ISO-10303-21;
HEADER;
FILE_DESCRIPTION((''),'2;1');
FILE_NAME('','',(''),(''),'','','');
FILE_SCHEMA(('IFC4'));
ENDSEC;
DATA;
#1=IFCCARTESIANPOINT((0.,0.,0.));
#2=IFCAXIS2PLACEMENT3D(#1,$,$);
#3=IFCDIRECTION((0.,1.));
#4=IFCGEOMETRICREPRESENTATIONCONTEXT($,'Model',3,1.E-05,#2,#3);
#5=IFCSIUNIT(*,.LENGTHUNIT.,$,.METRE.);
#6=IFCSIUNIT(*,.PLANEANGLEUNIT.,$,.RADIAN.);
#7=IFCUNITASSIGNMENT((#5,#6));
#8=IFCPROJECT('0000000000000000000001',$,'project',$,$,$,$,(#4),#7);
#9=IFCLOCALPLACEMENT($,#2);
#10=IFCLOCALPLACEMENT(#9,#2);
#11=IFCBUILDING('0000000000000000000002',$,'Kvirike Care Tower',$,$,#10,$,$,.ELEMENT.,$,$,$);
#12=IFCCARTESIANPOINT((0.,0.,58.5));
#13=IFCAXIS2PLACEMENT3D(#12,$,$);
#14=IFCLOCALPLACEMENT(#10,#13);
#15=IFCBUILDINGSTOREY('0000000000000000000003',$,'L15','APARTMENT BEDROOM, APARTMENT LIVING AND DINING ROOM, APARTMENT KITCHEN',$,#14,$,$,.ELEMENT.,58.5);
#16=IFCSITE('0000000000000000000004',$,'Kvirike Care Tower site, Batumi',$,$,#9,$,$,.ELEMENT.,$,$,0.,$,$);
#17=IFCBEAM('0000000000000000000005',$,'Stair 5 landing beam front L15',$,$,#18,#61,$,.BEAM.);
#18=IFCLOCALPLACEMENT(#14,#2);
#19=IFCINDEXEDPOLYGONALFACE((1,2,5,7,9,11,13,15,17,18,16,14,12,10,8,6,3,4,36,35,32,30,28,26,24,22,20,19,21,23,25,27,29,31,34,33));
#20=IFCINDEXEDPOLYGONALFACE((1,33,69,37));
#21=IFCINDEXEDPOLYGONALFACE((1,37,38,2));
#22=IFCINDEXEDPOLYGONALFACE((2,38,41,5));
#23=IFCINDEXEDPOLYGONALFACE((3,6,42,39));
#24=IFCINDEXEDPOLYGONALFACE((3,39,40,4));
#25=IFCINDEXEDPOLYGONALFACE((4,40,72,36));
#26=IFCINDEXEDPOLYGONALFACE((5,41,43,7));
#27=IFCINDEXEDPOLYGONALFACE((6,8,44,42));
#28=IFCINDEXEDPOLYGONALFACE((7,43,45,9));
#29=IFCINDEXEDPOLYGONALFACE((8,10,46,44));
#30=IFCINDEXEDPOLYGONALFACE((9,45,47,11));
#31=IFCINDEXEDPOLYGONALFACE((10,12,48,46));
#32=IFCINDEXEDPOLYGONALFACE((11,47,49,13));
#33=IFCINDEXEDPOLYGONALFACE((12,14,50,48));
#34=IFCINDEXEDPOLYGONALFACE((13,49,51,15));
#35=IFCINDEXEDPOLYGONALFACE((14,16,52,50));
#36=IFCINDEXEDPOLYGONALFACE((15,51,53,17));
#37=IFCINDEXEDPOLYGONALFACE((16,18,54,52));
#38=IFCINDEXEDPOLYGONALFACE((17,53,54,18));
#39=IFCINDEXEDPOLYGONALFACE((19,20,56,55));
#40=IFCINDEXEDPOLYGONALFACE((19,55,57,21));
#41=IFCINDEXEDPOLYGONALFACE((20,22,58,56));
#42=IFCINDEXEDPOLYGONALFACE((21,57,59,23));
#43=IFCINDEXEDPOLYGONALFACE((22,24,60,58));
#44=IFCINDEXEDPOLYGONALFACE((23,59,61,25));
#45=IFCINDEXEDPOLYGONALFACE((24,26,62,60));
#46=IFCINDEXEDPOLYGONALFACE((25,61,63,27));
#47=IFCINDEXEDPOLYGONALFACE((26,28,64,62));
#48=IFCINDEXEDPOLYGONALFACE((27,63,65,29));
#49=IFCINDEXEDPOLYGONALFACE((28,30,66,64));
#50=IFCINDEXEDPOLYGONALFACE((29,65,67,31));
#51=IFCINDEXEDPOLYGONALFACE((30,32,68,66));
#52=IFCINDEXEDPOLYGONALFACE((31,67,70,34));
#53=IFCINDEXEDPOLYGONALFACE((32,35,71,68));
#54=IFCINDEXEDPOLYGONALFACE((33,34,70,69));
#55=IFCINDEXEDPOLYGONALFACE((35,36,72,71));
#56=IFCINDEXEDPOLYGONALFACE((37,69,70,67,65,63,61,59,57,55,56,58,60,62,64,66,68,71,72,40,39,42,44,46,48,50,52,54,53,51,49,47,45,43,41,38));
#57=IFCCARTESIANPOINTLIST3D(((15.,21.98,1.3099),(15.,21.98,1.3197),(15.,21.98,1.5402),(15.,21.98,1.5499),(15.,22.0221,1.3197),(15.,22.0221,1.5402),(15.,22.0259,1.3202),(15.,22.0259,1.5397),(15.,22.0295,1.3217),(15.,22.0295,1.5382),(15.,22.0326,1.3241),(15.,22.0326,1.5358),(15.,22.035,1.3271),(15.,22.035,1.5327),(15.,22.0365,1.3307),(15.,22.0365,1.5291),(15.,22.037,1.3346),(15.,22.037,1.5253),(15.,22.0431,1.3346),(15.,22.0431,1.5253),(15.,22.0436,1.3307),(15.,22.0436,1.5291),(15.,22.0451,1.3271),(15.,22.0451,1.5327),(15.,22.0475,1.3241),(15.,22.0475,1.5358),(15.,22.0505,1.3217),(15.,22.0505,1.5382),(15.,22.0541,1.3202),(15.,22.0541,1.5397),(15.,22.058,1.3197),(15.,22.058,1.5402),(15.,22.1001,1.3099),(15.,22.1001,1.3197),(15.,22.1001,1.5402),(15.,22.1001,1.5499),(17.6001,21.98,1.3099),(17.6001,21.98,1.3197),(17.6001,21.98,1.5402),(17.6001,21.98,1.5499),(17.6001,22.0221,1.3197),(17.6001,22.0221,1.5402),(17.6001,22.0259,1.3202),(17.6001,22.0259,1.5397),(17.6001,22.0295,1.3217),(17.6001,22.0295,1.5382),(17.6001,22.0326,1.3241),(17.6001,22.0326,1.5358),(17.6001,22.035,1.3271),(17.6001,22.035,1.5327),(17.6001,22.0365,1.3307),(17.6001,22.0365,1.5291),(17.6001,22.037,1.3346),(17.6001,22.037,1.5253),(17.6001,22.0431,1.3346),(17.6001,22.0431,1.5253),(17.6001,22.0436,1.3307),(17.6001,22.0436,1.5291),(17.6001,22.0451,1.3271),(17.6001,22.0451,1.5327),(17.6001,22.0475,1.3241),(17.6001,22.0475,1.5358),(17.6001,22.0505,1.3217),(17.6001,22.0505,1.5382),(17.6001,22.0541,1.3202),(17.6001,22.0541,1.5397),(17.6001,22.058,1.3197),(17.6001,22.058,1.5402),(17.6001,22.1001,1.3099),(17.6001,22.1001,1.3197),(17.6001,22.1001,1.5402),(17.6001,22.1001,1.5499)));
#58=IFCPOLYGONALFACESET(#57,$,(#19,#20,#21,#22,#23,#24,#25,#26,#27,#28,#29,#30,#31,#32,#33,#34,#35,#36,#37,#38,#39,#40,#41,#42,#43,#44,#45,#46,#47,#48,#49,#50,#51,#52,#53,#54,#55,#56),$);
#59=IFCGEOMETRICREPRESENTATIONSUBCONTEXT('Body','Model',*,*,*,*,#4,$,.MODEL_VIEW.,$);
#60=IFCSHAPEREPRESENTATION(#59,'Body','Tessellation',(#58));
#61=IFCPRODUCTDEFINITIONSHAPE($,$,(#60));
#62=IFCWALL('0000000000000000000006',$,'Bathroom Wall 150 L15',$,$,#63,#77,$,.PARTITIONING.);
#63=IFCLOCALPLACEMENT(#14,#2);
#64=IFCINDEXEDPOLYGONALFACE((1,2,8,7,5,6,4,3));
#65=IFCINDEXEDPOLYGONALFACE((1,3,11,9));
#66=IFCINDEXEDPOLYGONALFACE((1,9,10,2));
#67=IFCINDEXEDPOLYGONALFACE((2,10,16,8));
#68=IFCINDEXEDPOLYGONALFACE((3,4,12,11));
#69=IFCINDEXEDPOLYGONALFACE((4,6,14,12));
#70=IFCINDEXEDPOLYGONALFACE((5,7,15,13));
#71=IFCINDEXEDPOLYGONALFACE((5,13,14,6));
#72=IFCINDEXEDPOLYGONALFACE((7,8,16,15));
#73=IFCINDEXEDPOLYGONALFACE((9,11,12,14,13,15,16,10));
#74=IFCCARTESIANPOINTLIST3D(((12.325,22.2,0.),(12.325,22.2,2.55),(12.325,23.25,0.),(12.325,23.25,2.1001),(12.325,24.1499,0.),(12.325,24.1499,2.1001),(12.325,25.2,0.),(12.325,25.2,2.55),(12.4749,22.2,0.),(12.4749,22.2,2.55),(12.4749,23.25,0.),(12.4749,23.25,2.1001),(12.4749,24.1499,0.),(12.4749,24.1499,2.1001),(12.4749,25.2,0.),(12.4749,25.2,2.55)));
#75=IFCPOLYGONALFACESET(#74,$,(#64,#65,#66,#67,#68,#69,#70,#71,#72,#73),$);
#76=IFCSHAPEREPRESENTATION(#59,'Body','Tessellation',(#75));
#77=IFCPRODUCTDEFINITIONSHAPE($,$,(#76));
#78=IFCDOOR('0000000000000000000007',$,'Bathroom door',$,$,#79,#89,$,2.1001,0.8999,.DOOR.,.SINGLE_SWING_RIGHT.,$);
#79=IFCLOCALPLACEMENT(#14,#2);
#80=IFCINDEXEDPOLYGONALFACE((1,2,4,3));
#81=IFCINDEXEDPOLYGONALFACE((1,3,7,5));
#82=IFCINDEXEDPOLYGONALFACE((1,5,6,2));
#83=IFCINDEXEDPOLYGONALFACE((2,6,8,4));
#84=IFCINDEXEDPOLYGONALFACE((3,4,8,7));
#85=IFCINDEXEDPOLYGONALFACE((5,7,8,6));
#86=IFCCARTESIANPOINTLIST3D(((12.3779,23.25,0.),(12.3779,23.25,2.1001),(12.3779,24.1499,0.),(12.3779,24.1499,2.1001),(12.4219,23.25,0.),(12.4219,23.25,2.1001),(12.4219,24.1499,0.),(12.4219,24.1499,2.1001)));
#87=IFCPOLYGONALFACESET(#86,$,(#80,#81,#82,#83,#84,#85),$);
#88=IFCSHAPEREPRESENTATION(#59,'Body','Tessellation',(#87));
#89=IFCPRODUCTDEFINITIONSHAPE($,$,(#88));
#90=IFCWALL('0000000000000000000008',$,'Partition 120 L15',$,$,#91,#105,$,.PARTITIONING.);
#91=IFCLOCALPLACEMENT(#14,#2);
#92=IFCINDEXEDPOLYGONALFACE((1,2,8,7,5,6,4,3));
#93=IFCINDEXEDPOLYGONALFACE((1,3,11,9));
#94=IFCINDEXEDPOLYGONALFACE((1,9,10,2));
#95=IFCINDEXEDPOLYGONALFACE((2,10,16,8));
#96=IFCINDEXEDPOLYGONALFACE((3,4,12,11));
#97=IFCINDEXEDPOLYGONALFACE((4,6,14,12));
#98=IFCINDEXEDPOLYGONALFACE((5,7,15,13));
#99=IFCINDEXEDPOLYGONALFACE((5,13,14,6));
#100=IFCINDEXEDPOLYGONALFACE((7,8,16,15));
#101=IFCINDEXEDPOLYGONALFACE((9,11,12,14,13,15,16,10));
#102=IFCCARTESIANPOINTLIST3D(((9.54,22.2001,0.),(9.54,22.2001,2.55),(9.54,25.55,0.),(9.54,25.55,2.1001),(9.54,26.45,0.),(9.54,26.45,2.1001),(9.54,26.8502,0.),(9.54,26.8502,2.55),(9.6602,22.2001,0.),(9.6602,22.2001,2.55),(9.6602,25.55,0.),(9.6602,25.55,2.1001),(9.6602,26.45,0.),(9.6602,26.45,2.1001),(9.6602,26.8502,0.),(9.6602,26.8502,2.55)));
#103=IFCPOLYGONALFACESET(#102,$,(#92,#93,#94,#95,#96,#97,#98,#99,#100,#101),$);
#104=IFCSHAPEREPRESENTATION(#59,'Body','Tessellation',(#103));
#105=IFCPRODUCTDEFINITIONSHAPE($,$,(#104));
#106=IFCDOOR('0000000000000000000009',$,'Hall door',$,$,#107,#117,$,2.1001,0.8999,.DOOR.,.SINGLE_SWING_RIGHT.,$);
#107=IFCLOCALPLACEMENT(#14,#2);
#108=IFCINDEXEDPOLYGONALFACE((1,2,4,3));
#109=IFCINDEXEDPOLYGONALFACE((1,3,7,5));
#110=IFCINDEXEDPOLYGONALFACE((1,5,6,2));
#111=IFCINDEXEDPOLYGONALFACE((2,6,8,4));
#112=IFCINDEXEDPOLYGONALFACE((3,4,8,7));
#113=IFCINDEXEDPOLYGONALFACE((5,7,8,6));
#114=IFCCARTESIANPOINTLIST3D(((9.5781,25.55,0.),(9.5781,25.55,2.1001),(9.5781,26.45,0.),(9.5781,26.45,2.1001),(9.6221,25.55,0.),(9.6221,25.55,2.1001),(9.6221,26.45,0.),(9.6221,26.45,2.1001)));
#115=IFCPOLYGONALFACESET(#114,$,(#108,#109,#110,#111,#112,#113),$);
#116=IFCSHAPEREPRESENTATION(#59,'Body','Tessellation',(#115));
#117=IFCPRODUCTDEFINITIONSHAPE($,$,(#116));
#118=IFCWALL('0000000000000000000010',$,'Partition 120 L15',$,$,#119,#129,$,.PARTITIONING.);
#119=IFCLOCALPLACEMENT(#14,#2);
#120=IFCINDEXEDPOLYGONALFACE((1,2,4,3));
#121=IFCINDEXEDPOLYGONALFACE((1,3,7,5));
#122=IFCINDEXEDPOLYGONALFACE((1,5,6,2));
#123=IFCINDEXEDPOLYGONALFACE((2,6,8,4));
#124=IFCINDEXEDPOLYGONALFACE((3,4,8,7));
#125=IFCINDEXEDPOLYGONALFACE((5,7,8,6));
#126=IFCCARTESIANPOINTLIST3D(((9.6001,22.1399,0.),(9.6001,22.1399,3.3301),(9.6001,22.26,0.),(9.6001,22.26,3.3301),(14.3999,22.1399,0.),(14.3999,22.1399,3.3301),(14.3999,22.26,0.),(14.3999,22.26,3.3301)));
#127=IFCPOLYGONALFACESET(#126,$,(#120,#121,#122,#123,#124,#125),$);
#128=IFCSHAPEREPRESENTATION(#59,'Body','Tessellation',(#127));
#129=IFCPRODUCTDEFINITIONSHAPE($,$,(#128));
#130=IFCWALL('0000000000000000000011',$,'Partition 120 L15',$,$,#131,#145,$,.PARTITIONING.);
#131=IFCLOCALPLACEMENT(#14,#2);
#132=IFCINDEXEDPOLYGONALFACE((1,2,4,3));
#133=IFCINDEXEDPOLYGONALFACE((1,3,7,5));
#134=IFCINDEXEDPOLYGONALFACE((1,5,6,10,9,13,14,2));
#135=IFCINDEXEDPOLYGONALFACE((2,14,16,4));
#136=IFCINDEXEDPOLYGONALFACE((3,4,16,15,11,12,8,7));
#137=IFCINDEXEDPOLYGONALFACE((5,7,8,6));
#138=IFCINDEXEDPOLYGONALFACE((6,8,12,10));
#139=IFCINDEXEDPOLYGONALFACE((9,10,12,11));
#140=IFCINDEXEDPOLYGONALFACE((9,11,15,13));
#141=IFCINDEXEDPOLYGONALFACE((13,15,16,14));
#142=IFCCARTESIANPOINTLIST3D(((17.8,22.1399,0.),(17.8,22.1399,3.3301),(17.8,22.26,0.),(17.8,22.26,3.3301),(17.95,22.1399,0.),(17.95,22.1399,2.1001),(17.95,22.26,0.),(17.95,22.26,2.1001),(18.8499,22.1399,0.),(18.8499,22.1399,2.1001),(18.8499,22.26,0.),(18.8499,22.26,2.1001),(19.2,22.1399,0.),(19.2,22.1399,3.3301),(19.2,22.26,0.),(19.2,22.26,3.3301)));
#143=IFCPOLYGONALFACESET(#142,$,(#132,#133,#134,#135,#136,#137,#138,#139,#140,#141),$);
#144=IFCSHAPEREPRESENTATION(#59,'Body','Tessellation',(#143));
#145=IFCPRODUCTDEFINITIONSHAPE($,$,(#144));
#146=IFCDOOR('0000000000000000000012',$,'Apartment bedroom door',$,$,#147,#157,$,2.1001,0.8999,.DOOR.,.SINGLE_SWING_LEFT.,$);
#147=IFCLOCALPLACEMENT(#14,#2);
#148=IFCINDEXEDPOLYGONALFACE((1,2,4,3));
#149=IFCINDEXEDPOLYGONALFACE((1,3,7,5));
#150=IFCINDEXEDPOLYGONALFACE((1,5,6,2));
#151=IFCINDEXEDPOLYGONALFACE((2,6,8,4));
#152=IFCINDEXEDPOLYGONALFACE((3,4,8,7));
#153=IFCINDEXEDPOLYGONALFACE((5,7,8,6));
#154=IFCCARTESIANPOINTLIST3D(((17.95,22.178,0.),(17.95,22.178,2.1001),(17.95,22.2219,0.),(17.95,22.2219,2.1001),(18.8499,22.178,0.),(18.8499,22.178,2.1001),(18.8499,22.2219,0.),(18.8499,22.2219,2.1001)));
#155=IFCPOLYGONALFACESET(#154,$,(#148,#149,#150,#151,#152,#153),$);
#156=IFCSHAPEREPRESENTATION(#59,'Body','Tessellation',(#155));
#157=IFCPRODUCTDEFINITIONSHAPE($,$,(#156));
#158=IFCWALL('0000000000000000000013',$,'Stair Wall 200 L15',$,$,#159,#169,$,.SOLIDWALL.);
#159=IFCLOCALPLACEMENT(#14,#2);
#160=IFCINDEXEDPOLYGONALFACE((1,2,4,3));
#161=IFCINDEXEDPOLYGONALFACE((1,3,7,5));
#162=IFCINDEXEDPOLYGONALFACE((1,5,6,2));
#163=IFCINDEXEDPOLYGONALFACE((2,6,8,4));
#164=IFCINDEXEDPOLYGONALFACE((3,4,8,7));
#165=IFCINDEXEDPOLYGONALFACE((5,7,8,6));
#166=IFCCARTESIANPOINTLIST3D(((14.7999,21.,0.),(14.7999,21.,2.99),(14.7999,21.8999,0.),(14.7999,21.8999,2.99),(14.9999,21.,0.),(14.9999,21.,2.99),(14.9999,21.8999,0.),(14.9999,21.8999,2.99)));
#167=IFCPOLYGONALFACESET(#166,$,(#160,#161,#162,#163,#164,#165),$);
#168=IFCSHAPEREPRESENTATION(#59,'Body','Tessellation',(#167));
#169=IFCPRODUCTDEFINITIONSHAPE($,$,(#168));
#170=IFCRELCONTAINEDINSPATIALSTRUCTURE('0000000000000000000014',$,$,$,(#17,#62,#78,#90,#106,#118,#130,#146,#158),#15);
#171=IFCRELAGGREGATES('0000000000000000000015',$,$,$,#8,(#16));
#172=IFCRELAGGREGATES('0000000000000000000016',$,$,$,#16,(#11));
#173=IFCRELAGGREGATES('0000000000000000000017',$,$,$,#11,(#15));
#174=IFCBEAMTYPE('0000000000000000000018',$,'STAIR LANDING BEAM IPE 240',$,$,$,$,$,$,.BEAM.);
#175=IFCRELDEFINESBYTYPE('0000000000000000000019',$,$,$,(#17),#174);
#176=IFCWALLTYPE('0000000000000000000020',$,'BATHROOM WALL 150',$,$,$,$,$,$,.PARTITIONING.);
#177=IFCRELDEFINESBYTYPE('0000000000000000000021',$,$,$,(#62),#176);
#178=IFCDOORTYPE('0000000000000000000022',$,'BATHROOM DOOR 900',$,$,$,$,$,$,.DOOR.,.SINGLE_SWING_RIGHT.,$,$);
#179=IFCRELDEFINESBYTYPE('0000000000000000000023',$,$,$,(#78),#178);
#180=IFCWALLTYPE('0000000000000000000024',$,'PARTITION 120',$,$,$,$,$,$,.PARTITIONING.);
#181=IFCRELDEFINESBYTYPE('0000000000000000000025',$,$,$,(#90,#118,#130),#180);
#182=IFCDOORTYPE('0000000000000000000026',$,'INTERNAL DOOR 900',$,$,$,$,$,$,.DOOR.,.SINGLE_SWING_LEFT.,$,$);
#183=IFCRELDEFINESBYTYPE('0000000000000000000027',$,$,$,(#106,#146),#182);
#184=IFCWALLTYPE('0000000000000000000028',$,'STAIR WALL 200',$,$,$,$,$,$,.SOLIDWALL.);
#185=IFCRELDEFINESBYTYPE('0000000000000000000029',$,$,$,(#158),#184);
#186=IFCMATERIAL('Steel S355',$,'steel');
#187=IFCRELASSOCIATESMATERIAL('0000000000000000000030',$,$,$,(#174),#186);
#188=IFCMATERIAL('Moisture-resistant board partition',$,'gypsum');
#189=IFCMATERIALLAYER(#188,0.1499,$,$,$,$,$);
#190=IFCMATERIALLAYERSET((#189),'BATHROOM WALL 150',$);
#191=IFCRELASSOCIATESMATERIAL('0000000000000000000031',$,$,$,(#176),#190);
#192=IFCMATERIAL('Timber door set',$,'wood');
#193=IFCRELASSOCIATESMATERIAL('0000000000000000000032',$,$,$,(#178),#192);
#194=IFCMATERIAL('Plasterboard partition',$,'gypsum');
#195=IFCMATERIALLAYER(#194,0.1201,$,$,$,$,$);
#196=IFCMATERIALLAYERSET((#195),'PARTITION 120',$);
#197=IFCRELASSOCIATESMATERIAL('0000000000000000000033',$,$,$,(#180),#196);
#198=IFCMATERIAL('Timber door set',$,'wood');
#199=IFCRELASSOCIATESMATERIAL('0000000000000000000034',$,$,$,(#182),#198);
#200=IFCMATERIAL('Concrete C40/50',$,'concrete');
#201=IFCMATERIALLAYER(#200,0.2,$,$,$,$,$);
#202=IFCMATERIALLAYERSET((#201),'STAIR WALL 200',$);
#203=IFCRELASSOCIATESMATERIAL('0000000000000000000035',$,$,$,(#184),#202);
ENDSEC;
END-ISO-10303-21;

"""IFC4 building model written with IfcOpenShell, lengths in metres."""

from ifc_helpers import new_model, si_unit, direction, frame, frame_2d, origin, origin_2d, place, context, subcontext, project, spatial, rectangle, i_section, extrude, material, layer, layer_set, material_profile, profile_set, type_object, element, fill, save


model = new_model("IFC4")

# Units and contexts
model_context = context("Model", 3, precision=1e-05, world=origin(), true_north=direction((0.0, 1.0)))
body_context = subcontext(model_context, "Body", "Model", "MODEL_VIEW")
ifc_project = project(units=[si_unit("LENGTHUNIT", "METRE"), si_unit("PLANEANGLEUNIT", "RADIAN")], contexts=[model_context])

# Site, building, storey
site_placement = place(None, origin())
site = spatial("IfcSite", under=ifc_project, at=site_placement, Name="Kvirike Care Tower site, Batumi", CompositionType="ELEMENT", RefElevation=0.0)
building_placement = place(site_placement, origin())
building = spatial("IfcBuilding", under=site, at=building_placement, Name="Kvirike Care Tower", CompositionType="ELEMENT")
storey_placement = place(building_placement, frame((0.0, 0.0, 58.5)))
storey = spatial("IfcBuildingStorey", under=building, at=storey_placement, Name="L15", Description="APARTMENT BEDROOM, APARTMENT LIVING AND DINING ROOM, APARTMENT KITCHEN", CompositionType="ELEMENT", Elevation=58.5)

# Beam
ifc_material_1 = material(Name="Steel S355", Category="steel")
ifc_material_profile_1 = material_profile(ifc_material_1, i_section(OverallWidth=0.1201, OverallDepth=0.24, WebThickness=0.0061, FlangeThickness=0.0098, FilletRadius=0.0149, at=origin_2d()), Name="IPE 240")
ifc_profile_set_1 = profile_set([ifc_material_profile_1], Name="Steel S355")
beam_type_1 = type_object("IfcBeamType", Name="STAIR LANDING BEAM IPE 240", PredefinedType="BEAM", material=ifc_profile_set_1)
for number, where, z_axis, x_axis, name in (
    (1, (15.0, 22.04, 1.4299), (1.0, 0.0, 0.0), (0.0, 1.0, 0.0), "Stair 5 landing beam front L15"),
):
    element("IfcBeam", number, at=place(storey_placement, frame(where, z_axis=z_axis, x_axis=x_axis)), inside=storey, type_object=beam_type_1, Name=name, PredefinedType="BEAM", context=body_context, shape_type="SweptSolid", body=[
        extrude(i_section(OverallWidth=0.1201, OverallDepth=0.24, WebThickness=0.0061, FlangeThickness=0.0098, FilletRadius=0.0149, at=origin_2d()), origin(), (0.0, 0.0, 1.0), 2.6001),
    ])

# Walls, openings, doors
ifc_material_2 = material(Name="Moisture-resistant board partition", Category="gypsum")
ifc_layer_1 = layer(ifc_material_2, 0.1499)
ifc_layer_set_1 = layer_set([ifc_layer_1], Name="BATHROOM WALL 150")
wall_type_1 = type_object("IfcWallType", Name="BATHROOM WALL 150", PredefinedType="PARTITIONING", material=ifc_layer_set_1)
wall_1_placement = place(storey_placement, frame((12.3999, 22.2, 0.0), z_axis=(0.0, 0.0, 1.0), x_axis=(0.0, 1.0, 0.0)))
wall_1 = element("IfcWall", 2, at=wall_1_placement, inside=storey, type_object=wall_type_1, Name="Bathroom Wall 150 L15", PredefinedType="PARTITIONING", context=body_context, shape_type="SweptSolid", body=[
    extrude(rectangle(XDim=3.0, YDim=0.1499, at=frame_2d((1.5, 0.0))), origin(), (0.0, 0.0, 1.0), 2.55),
])
opening_1_placement = place(wall_1_placement, frame((1.05, 0.0, 0.0)))
opening_1 = element("IfcOpeningElement", 3, at=opening_1_placement, cuts=wall_1, PredefinedType="OPENING", context=body_context, shape_type="SweptSolid", body=[
    extrude(rectangle(XDim=0.8999, YDim=2.1001, at=frame_2d((0.45, 1.05))), frame((0.0, 0.0854, 0.0), z_axis=(0.0, -1.0, 0.0), x_axis=(1.0, 0.0, 0.0)), (0.0, 0.0, 1.0), 0.1709),
])
ifc_material_3 = material(Name="Timber door set", Category="wood")
door_type_1 = type_object("IfcDoorType", Name="BATHROOM DOOR 900", OperationType="SINGLE_SWING_RIGHT", PredefinedType="DOOR", material=ifc_material_3)
door_1_placement = place(opening_1_placement, origin())
door_1 = element("IfcDoor", 4, at=door_1_placement, inside=storey, type_object=door_type_1, Name="Bathroom door", OperationType="SINGLE_SWING_RIGHT", OverallHeight=2.1001, OverallWidth=0.8999, PredefinedType="DOOR", context=body_context, shape_type="SweptSolid", body=[
    extrude(rectangle(XDim=0.8999, YDim=2.1001, at=frame_2d((0.45, 1.05))), frame((0.0, 0.022, 0.0), z_axis=(0.0, -1.0, 0.0), x_axis=(1.0, 0.0, 0.0)), (0.0, 0.0, 1.0), 0.0439),
])
fill(opening_1, door_1)
ifc_material_4 = material(Name="Plasterboard partition", Category="gypsum")
ifc_layer_2 = layer(ifc_material_4, 0.1201)
ifc_layer_set_2 = layer_set([ifc_layer_2], Name="PARTITION 120")
wall_type_2 = type_object("IfcWallType", Name="PARTITION 120", PredefinedType="PARTITIONING", material=ifc_layer_set_2)
wall_2_placement = place(storey_placement, frame((9.6001, 22.2, 0.0), z_axis=(0.0, 0.0, 1.0), x_axis=(0.0, 1.0, 0.0)))
wall_2 = element("IfcWall", 5, at=wall_2_placement, inside=storey, type_object=wall_type_2, Name="Partition 120 L15", PredefinedType="PARTITIONING", context=body_context, shape_type="SweptSolid", body=[
    extrude(rectangle(XDim=4.6501, YDim=0.1201, at=frame_2d((2.3252, 0.0))), origin(), (0.0, 0.0, 1.0), 2.55),
])
opening_2_placement = place(wall_2_placement, frame((3.3501, 0.0, 0.0)))
opening_2 = element("IfcOpeningElement", 6, at=opening_2_placement, cuts=wall_2, PredefinedType="OPENING", context=body_context, shape_type="SweptSolid", body=[
    extrude(rectangle(XDim=0.8999, YDim=2.1001, at=frame_2d((0.45, 1.05))), frame((0.0, 0.0706, 0.0), z_axis=(0.0, -1.0, 0.0), x_axis=(1.0, 0.0, 0.0)), (0.0, 0.0, 1.0), 0.1411),
])
ifc_material_5 = material(Name="Timber door set", Category="wood")
door_type_2 = type_object("IfcDoorType", Name="INTERNAL DOOR 900", OperationType="SINGLE_SWING_LEFT", PredefinedType="DOOR", material=ifc_material_5)
door_2_placement = place(opening_2_placement, frame((0.8999, 0.0, 0.0), z_axis=(0.0, 0.0, 1.0), x_axis=(-1.0, 0.0, 0.0)))
door_2 = element("IfcDoor", 7, at=door_2_placement, inside=storey, type_object=door_type_2, Name="Hall door", OperationType="SINGLE_SWING_RIGHT", OverallHeight=2.1001, OverallWidth=0.8999, PredefinedType="DOOR", context=body_context, shape_type="SweptSolid", body=[
    extrude(rectangle(XDim=0.8999, YDim=2.1001, at=frame_2d((0.45, 1.05))), frame((0.0, 0.022, 0.0), z_axis=(0.0, -1.0, 0.0), x_axis=(1.0, 0.0, 0.0)), (0.0, 0.0, 1.0), 0.0439),
])
fill(opening_2, door_2)

# Wall
wall_3_placement = place(storey_placement, frame((9.6001, 22.2, 0.0), z_axis=(0.0, 0.0, 1.0), x_axis=(1.0, 0.0, 0.0)))
element("IfcWall", 8, at=wall_3_placement, inside=storey, type_object=wall_type_2, Name="Partition 120 L15", PredefinedType="PARTITIONING", context=body_context, shape_type="SweptSolid", body=[
    extrude(rectangle(XDim=4.7998, YDim=0.1201, at=frame_2d((2.3999, 0.0))), origin(), (0.0, 0.0, 1.0), 3.3301),
])

# Wall, opening, door
wall_4_placement = place(storey_placement, frame((17.8, 22.2, 0.0), z_axis=(0.0, 0.0, 1.0), x_axis=(1.0, 0.0, 0.0)))
wall_4 = element("IfcWall", 9, at=wall_4_placement, inside=storey, type_object=wall_type_2, Name="Partition 120 L15", PredefinedType="PARTITIONING", context=body_context, shape_type="SweptSolid", body=[
    extrude(rectangle(XDim=1.3999, YDim=0.1201, at=frame_2d((0.7, 0.0))), origin(), (0.0, 0.0, 1.0), 3.3301),
])
opening_3_placement = place(wall_4_placement, frame((0.1499, 0.0, 0.0)))
opening_3 = element("IfcOpeningElement", 10, at=opening_3_placement, cuts=wall_4, PredefinedType="OPENING", context=body_context, shape_type="SweptSolid", body=[
    extrude(rectangle(XDim=0.8999, YDim=2.1001, at=frame_2d((0.45, 1.05))), frame((0.0, 0.0706, 0.0), z_axis=(0.0, -1.0, 0.0), x_axis=(1.0, 0.0, 0.0)), (0.0, 0.0, 1.0), 0.1411),
])
door_3_placement = place(opening_3_placement, frame((0.8999, 0.0, 0.0), z_axis=(0.0, 0.0, 1.0), x_axis=(-1.0, 0.0, 0.0)))
door_3 = element("IfcDoor", 11, at=door_3_placement, inside=storey, type_object=door_type_2, Name="Apartment bedroom door", OperationType="SINGLE_SWING_LEFT", OverallHeight=2.1001, OverallWidth=0.8999, PredefinedType="DOOR", context=body_context, shape_type="SweptSolid", body=[
    extrude(rectangle(XDim=0.8999, YDim=2.1001, at=frame_2d((0.45, 1.05))), frame((0.0, 0.022, 0.0), z_axis=(0.0, -1.0, 0.0), x_axis=(1.0, 0.0, 0.0)), (0.0, 0.0, 1.0), 0.0439),
])
fill(opening_3, door_3)

# Wall
ifc_material_6 = material(Name="Concrete C40/50", Category="concrete")
ifc_layer_3 = layer(ifc_material_6, 0.2)
ifc_layer_set_3 = layer_set([ifc_layer_3], Name="STAIR WALL 200")
wall_type_3 = type_object("IfcWallType", Name="STAIR WALL 200", PredefinedType="SOLIDWALL", material=ifc_layer_set_3)
wall_5_placement = place(storey_placement, frame((14.8999, 21.0, 0.0), z_axis=(0.0, 0.0, 1.0), x_axis=(0.0, 1.0, 0.0)))
element("IfcWall", 12, at=wall_5_placement, inside=storey, type_object=wall_type_3, Name="Stair Wall 200 L15", PredefinedType="SOLIDWALL", context=body_context, shape_type="SweptSolid", body=[
    extrude(rectangle(XDim=0.8999, YDim=0.2, at=frame_2d((0.45, 0.0))), origin(), (0.0, 0.0, 1.0), 2.99),
])

save(model, "model.ifc")
